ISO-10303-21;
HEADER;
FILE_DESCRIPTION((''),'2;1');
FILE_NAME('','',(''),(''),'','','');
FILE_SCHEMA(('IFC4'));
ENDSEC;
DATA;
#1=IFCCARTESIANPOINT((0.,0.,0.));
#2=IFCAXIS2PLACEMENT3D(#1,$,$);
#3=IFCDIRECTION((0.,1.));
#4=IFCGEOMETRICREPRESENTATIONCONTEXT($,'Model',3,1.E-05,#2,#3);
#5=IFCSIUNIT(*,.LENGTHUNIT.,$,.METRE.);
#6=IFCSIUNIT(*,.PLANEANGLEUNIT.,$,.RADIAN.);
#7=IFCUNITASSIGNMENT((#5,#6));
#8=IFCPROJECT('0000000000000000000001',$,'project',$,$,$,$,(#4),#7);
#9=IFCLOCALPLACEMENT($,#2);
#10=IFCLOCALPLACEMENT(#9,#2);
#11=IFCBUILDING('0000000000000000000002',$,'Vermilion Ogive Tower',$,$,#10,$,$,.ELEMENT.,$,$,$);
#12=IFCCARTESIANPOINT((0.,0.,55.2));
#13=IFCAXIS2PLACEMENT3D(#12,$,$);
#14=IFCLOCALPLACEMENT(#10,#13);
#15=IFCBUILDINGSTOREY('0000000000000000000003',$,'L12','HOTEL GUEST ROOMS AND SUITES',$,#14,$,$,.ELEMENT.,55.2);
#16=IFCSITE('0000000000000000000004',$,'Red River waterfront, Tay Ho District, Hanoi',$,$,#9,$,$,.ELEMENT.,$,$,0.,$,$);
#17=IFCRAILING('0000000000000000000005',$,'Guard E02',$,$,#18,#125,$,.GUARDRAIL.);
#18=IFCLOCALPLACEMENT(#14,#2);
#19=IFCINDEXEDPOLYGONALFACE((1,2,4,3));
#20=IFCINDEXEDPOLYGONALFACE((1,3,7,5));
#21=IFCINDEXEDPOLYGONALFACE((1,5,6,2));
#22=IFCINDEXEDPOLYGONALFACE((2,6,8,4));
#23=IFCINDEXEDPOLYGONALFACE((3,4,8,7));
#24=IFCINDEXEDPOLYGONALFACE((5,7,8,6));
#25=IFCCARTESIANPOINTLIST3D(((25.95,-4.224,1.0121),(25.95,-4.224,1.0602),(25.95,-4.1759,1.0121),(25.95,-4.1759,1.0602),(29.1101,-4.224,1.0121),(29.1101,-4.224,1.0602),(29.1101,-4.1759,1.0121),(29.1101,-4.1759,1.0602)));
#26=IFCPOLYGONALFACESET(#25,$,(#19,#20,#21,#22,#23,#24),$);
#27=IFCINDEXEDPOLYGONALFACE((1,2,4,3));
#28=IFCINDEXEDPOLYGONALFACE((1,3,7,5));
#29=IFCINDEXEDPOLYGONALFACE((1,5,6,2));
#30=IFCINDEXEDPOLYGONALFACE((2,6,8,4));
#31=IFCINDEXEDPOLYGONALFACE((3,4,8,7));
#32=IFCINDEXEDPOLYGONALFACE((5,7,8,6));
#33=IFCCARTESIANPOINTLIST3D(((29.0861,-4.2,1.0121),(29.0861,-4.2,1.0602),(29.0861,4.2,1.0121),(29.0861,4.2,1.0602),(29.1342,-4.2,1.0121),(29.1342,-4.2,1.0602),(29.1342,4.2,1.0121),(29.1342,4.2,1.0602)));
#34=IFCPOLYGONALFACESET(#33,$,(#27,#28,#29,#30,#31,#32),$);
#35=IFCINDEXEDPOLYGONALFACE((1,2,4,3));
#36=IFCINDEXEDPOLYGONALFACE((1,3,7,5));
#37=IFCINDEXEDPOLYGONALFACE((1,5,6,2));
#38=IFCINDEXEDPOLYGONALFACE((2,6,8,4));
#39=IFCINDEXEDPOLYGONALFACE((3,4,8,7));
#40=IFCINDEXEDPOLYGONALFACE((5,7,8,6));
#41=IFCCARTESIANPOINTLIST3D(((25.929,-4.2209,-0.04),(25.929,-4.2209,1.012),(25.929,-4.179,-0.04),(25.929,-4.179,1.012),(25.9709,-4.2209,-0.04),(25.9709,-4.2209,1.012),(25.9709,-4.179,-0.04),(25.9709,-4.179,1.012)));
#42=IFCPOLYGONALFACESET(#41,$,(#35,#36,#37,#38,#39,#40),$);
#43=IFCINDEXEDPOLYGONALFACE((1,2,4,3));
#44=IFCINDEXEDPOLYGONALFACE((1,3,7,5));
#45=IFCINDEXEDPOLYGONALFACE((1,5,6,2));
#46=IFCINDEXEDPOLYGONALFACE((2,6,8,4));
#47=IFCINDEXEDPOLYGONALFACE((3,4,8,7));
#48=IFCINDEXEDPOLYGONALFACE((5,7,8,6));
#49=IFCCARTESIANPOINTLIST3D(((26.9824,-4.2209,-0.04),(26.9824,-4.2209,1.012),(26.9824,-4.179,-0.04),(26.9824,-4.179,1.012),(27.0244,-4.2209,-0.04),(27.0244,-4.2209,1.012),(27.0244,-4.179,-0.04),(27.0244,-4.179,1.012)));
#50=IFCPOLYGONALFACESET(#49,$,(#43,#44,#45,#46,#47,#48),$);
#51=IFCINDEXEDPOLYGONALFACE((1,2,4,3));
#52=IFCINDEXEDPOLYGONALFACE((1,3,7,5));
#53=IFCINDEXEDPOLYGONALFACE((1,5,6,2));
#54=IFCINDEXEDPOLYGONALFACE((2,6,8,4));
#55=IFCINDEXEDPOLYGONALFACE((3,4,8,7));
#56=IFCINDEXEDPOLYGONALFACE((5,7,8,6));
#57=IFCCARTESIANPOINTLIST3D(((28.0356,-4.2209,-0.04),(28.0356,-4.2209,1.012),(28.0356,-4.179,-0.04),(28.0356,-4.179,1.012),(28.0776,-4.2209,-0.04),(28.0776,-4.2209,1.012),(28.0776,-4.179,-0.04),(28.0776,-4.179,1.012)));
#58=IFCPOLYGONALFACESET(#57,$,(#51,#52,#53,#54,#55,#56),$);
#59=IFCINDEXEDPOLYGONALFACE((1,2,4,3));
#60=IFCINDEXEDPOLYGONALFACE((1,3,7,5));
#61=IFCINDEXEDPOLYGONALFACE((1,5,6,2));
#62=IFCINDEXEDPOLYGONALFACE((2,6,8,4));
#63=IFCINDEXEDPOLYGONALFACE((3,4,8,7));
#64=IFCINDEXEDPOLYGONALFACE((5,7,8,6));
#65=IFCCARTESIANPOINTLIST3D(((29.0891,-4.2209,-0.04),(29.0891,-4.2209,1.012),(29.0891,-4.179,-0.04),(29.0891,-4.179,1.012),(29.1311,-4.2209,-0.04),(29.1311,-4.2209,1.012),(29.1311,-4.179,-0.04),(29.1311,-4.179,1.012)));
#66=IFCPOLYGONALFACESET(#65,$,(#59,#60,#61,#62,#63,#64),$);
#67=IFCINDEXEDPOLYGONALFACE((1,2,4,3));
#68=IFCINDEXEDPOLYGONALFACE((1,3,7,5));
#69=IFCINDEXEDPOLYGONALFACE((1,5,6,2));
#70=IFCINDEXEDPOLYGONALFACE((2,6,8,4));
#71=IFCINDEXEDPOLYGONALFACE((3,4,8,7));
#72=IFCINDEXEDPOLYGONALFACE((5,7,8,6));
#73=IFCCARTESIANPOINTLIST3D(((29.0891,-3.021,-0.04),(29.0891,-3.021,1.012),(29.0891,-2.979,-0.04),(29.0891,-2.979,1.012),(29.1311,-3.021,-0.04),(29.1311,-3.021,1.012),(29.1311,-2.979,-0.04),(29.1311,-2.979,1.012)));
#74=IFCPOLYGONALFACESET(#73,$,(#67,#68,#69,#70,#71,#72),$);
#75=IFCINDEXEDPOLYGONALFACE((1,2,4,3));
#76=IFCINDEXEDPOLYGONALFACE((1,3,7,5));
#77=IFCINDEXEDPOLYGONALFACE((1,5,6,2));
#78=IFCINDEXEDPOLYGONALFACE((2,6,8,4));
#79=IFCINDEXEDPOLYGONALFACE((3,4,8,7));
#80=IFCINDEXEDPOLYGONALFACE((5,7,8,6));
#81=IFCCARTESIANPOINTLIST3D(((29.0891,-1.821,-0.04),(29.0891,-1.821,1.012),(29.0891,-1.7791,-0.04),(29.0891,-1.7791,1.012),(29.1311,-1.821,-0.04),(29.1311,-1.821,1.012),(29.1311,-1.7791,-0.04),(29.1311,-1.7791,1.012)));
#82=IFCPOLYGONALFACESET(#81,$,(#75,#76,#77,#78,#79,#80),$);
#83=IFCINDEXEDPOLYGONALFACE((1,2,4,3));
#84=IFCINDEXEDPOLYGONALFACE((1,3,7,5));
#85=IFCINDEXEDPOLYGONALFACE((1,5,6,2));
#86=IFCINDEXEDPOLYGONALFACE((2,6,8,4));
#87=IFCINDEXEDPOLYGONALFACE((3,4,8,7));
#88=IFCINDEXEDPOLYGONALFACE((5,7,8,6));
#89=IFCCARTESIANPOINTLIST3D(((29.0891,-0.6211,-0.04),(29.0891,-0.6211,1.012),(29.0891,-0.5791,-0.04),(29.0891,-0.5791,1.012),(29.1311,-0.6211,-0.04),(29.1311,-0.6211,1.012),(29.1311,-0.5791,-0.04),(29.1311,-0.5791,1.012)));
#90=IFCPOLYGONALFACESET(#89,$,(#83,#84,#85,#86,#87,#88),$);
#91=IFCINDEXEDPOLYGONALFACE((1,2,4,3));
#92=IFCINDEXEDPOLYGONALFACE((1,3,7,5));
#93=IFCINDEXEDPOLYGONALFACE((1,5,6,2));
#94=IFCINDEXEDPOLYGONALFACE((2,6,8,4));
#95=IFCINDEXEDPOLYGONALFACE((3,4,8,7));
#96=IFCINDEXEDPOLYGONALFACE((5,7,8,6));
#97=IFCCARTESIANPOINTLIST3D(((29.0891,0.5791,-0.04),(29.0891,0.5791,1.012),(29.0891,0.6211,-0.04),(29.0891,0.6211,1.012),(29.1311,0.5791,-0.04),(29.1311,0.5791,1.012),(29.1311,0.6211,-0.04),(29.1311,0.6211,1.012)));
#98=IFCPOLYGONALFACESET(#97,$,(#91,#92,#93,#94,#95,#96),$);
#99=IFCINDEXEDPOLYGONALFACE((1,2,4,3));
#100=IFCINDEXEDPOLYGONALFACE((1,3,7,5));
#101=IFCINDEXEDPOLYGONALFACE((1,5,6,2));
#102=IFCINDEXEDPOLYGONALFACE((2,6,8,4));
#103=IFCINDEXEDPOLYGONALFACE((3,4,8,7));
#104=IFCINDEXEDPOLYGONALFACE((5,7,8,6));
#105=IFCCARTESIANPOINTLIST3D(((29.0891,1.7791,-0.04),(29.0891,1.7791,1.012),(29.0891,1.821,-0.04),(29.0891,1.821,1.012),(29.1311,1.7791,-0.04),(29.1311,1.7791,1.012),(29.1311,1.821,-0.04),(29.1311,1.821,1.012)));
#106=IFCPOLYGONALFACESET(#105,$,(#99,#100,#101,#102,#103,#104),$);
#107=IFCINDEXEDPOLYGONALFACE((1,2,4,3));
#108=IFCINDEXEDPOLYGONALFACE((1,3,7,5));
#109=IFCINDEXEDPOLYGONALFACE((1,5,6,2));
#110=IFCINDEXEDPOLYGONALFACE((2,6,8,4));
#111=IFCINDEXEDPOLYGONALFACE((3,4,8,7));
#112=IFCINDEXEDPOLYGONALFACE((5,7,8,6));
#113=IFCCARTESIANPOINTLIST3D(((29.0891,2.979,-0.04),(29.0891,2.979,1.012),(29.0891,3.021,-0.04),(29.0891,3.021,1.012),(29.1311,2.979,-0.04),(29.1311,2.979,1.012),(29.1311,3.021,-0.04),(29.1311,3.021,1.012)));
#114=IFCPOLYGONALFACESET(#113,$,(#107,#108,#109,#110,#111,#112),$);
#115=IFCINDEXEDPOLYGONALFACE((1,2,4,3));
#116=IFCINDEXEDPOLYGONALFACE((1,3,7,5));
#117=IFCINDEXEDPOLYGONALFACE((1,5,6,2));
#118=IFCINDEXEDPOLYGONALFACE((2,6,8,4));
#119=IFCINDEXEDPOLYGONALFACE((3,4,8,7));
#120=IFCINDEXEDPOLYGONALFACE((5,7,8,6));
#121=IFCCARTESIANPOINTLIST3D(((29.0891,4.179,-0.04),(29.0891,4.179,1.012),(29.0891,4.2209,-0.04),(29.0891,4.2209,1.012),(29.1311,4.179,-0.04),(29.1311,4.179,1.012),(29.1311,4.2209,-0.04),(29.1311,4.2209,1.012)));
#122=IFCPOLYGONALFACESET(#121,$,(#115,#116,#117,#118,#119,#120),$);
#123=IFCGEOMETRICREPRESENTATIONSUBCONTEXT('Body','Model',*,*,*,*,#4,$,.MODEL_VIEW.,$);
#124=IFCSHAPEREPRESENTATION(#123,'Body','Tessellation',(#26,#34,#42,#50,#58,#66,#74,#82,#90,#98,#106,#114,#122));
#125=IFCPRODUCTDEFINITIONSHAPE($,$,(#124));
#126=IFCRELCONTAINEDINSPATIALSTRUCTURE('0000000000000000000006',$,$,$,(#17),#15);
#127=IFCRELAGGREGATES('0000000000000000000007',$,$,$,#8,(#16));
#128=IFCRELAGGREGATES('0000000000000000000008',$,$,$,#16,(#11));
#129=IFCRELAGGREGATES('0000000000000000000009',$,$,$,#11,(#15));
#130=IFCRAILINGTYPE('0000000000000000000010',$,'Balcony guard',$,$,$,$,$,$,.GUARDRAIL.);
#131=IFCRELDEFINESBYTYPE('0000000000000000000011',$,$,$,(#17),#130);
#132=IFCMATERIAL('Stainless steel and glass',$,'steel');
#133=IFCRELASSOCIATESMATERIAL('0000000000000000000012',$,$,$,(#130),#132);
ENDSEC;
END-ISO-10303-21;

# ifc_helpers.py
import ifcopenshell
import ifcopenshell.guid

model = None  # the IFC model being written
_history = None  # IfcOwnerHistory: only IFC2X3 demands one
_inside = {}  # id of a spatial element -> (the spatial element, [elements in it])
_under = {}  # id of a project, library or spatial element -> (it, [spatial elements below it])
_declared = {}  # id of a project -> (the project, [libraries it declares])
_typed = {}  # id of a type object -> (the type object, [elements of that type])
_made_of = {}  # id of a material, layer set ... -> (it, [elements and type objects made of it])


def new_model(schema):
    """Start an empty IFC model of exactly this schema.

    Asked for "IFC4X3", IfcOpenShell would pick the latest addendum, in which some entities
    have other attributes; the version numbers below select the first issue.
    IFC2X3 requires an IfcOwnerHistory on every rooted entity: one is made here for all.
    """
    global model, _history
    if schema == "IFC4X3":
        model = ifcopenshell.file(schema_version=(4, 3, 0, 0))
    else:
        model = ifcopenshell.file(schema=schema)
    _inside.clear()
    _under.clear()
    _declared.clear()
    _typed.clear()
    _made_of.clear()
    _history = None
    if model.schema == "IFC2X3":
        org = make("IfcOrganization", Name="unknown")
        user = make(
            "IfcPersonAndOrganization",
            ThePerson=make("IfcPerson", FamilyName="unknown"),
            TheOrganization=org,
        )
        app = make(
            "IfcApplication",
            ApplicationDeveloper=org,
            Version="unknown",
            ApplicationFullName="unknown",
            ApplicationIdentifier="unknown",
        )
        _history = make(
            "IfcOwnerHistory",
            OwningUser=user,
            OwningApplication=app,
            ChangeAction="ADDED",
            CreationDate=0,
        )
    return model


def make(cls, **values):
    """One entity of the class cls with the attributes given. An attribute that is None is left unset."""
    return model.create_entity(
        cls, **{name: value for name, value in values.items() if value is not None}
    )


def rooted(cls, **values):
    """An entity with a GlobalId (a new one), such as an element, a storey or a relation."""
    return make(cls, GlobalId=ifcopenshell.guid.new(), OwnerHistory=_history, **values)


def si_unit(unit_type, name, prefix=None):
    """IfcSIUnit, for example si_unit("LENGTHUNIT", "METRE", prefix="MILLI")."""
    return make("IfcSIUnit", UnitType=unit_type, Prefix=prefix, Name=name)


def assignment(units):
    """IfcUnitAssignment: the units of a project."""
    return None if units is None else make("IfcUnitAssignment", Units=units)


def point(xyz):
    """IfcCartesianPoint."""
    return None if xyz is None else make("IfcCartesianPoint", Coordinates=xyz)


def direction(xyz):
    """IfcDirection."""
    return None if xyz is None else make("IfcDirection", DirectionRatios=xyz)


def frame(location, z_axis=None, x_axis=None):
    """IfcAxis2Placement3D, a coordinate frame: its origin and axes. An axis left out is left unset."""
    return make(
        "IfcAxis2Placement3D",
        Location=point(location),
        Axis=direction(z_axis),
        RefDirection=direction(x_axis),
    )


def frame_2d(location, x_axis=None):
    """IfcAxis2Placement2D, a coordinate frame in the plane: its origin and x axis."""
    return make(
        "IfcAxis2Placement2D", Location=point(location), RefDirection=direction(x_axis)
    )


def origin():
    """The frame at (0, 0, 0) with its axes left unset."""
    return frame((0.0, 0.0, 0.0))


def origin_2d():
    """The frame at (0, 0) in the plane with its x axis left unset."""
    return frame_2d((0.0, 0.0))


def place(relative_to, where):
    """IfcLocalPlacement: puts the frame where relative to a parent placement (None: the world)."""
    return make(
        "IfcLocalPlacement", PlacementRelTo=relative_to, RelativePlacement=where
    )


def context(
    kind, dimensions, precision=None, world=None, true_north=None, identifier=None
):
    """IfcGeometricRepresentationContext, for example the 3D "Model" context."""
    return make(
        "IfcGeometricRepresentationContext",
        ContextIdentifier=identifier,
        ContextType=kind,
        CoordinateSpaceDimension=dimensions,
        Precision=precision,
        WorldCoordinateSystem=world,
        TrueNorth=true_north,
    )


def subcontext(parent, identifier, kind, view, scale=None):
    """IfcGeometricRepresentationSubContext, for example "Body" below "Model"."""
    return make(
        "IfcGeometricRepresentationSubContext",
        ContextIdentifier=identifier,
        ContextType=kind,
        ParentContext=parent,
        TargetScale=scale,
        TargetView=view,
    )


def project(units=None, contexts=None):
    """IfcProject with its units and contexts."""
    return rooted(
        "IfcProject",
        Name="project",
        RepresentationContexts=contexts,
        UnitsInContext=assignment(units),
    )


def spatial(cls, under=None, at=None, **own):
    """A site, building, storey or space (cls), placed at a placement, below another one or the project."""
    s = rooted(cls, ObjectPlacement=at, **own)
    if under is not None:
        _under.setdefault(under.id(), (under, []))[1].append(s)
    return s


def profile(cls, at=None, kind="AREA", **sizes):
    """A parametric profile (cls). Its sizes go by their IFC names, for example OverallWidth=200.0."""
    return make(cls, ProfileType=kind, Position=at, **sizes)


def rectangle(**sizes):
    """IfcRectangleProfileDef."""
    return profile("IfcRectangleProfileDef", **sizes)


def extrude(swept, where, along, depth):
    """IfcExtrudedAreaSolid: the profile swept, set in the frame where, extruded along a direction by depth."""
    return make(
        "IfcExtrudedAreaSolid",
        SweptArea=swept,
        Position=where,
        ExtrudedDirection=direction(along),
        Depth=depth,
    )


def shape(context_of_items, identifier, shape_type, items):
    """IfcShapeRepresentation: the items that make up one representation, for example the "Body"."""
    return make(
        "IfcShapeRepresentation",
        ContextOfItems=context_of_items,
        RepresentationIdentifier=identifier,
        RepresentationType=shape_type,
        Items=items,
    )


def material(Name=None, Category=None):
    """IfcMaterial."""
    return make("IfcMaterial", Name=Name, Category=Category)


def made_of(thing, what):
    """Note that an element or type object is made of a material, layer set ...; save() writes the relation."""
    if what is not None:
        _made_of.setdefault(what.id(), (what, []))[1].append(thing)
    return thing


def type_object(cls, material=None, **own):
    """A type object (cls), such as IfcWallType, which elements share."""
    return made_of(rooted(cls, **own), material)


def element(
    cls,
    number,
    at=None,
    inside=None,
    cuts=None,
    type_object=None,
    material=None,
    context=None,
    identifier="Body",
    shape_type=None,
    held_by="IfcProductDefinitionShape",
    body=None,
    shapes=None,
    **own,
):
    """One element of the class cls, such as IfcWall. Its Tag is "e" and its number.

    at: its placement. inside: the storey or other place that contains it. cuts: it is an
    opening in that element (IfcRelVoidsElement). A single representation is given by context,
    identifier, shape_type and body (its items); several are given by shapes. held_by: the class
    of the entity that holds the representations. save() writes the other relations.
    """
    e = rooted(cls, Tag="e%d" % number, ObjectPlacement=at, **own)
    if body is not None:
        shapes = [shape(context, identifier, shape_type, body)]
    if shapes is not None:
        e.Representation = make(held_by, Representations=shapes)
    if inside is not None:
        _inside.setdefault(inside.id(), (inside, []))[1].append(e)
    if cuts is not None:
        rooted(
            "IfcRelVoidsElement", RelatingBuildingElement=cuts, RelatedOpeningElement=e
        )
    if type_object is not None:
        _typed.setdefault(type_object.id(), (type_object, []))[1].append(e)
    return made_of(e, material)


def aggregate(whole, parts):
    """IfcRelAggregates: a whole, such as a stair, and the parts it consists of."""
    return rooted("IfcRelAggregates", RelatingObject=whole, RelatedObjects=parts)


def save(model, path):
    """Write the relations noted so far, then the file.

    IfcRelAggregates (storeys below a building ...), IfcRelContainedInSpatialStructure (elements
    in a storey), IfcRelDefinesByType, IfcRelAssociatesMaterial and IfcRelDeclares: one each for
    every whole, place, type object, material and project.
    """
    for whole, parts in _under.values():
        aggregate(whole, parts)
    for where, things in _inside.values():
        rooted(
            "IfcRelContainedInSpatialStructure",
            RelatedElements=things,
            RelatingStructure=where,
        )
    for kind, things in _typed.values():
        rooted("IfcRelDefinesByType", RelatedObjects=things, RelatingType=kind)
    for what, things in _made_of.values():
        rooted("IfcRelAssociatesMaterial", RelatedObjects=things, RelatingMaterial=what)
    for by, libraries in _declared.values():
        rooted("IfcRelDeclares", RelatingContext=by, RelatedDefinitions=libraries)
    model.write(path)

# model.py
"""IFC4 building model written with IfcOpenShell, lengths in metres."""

from ifc_helpers import new_model, si_unit, direction, frame, origin, origin_2d, place, context, subcontext, project, spatial, rectangle, extrude, material, type_object, element, save


model = new_model("IFC4")

# Units and contexts
model_context = context("Model", 3, precision=1e-05, world=origin(), true_north=direction((0.0, 1.0)))
body_context = subcontext(model_context, "Body", "Model", "MODEL_VIEW")
ifc_project = project(units=[si_unit("LENGTHUNIT", "METRE"), si_unit("PLANEANGLEUNIT", "RADIAN")], contexts=[model_context])

# Site, building, storey
site_placement = place(None, origin())
site = spatial("IfcSite", under=ifc_project, at=site_placement, Name="Red River waterfront, Tay Ho District, Hanoi", CompositionType="ELEMENT", RefElevation=0.0)
building_placement = place(site_placement, origin())
building = spatial("IfcBuilding", under=site, at=building_placement, Name="Vermilion Ogive Tower", CompositionType="ELEMENT")
storey_placement = place(building_placement, frame((0.0, 0.0, 55.2)))
storey = spatial("IfcBuildingStorey", under=building, at=storey_placement, Name="L12", Description="HOTEL GUEST ROOMS AND SUITES", CompositionType="ELEMENT", Elevation=55.2)

# Railing
ifc_material_1 = material(Name="Stainless steel and glass", Category="steel")
railing_type = type_object("IfcRailingType", Name="Balcony guard", PredefinedType="GUARDRAIL", material=ifc_material_1)
railing_placement = place(storey_placement, frame((25.95, -4.2, -0.04)))
element("IfcRailing", 1, at=railing_placement, inside=storey, type_object=railing_type, Name="Guard E02", PredefinedType="GUARDRAIL", context=body_context, shape_type="SweptSolid", body=[
    extrude(rectangle(XDim=0.0481, YDim=0.0481, at=origin_2d()), frame((0.0, 0.0, 1.0762), z_axis=(1.0, 0.0, 0.0), x_axis=(0.0, 1.0, 0.0)), (0.0, 0.0, 1.0), 3.1602),
    extrude(rectangle(XDim=0.0481, YDim=0.0481, at=origin_2d()), frame((3.1602, 0.0, 1.0762), z_axis=(0.0, 1.0, 0.0), x_axis=(-1.0, 0.0, 0.0)), (0.0, 0.0, 1.0), 8.3999),
    extrude(rectangle(XDim=0.042, YDim=0.042, at=origin_2d()), origin(), (0.0, 0.0, 1.0), 1.052),
    extrude(rectangle(XDim=0.042, YDim=0.042, at=origin_2d()), frame((1.0535, 0.0, 0.0)), (0.0, 0.0, 1.0), 1.052),
    extrude(rectangle(XDim=0.042, YDim=0.042, at=origin_2d()), frame((2.1067, 0.0, 0.0)), (0.0, 0.0, 1.0), 1.052),
    extrude(rectangle(XDim=0.042, YDim=0.042, at=origin_2d()), frame((3.1602, 0.0, 0.0)), (0.0, 0.0, 1.0), 1.052),
    extrude(rectangle(XDim=0.042, YDim=0.042, at=origin_2d()), frame((3.1602, 1.2, 0.0)), (0.0, 0.0, 1.0), 1.052),
    extrude(rectangle(XDim=0.042, YDim=0.042, at=origin_2d()), frame((3.1602, 2.3999, 0.0)), (0.0, 0.0, 1.0), 1.052),
    extrude(rectangle(XDim=0.042, YDim=0.042, at=origin_2d()), frame((3.1602, 3.5999, 0.0)), (0.0, 0.0, 1.0), 1.052),
    extrude(rectangle(XDim=0.042, YDim=0.042, at=origin_2d()), frame((3.1602, 4.8, 0.0)), (0.0, 0.0, 1.0), 1.052),
    extrude(rectangle(XDim=0.042, YDim=0.042, at=origin_2d()), frame((3.1602, 6.0, 0.0)), (0.0, 0.0, 1.0), 1.052),
    extrude(rectangle(XDim=0.042, YDim=0.042, at=origin_2d()), frame((3.1602, 7.2, 0.0)), (0.0, 0.0, 1.0), 1.052),
    extrude(rectangle(XDim=0.042, YDim=0.042, at=origin_2d()), frame((3.1602, 8.3999, 0.0)), (0.0, 0.0, 1.0), 1.052),
])

save(model, "model.ifc")
